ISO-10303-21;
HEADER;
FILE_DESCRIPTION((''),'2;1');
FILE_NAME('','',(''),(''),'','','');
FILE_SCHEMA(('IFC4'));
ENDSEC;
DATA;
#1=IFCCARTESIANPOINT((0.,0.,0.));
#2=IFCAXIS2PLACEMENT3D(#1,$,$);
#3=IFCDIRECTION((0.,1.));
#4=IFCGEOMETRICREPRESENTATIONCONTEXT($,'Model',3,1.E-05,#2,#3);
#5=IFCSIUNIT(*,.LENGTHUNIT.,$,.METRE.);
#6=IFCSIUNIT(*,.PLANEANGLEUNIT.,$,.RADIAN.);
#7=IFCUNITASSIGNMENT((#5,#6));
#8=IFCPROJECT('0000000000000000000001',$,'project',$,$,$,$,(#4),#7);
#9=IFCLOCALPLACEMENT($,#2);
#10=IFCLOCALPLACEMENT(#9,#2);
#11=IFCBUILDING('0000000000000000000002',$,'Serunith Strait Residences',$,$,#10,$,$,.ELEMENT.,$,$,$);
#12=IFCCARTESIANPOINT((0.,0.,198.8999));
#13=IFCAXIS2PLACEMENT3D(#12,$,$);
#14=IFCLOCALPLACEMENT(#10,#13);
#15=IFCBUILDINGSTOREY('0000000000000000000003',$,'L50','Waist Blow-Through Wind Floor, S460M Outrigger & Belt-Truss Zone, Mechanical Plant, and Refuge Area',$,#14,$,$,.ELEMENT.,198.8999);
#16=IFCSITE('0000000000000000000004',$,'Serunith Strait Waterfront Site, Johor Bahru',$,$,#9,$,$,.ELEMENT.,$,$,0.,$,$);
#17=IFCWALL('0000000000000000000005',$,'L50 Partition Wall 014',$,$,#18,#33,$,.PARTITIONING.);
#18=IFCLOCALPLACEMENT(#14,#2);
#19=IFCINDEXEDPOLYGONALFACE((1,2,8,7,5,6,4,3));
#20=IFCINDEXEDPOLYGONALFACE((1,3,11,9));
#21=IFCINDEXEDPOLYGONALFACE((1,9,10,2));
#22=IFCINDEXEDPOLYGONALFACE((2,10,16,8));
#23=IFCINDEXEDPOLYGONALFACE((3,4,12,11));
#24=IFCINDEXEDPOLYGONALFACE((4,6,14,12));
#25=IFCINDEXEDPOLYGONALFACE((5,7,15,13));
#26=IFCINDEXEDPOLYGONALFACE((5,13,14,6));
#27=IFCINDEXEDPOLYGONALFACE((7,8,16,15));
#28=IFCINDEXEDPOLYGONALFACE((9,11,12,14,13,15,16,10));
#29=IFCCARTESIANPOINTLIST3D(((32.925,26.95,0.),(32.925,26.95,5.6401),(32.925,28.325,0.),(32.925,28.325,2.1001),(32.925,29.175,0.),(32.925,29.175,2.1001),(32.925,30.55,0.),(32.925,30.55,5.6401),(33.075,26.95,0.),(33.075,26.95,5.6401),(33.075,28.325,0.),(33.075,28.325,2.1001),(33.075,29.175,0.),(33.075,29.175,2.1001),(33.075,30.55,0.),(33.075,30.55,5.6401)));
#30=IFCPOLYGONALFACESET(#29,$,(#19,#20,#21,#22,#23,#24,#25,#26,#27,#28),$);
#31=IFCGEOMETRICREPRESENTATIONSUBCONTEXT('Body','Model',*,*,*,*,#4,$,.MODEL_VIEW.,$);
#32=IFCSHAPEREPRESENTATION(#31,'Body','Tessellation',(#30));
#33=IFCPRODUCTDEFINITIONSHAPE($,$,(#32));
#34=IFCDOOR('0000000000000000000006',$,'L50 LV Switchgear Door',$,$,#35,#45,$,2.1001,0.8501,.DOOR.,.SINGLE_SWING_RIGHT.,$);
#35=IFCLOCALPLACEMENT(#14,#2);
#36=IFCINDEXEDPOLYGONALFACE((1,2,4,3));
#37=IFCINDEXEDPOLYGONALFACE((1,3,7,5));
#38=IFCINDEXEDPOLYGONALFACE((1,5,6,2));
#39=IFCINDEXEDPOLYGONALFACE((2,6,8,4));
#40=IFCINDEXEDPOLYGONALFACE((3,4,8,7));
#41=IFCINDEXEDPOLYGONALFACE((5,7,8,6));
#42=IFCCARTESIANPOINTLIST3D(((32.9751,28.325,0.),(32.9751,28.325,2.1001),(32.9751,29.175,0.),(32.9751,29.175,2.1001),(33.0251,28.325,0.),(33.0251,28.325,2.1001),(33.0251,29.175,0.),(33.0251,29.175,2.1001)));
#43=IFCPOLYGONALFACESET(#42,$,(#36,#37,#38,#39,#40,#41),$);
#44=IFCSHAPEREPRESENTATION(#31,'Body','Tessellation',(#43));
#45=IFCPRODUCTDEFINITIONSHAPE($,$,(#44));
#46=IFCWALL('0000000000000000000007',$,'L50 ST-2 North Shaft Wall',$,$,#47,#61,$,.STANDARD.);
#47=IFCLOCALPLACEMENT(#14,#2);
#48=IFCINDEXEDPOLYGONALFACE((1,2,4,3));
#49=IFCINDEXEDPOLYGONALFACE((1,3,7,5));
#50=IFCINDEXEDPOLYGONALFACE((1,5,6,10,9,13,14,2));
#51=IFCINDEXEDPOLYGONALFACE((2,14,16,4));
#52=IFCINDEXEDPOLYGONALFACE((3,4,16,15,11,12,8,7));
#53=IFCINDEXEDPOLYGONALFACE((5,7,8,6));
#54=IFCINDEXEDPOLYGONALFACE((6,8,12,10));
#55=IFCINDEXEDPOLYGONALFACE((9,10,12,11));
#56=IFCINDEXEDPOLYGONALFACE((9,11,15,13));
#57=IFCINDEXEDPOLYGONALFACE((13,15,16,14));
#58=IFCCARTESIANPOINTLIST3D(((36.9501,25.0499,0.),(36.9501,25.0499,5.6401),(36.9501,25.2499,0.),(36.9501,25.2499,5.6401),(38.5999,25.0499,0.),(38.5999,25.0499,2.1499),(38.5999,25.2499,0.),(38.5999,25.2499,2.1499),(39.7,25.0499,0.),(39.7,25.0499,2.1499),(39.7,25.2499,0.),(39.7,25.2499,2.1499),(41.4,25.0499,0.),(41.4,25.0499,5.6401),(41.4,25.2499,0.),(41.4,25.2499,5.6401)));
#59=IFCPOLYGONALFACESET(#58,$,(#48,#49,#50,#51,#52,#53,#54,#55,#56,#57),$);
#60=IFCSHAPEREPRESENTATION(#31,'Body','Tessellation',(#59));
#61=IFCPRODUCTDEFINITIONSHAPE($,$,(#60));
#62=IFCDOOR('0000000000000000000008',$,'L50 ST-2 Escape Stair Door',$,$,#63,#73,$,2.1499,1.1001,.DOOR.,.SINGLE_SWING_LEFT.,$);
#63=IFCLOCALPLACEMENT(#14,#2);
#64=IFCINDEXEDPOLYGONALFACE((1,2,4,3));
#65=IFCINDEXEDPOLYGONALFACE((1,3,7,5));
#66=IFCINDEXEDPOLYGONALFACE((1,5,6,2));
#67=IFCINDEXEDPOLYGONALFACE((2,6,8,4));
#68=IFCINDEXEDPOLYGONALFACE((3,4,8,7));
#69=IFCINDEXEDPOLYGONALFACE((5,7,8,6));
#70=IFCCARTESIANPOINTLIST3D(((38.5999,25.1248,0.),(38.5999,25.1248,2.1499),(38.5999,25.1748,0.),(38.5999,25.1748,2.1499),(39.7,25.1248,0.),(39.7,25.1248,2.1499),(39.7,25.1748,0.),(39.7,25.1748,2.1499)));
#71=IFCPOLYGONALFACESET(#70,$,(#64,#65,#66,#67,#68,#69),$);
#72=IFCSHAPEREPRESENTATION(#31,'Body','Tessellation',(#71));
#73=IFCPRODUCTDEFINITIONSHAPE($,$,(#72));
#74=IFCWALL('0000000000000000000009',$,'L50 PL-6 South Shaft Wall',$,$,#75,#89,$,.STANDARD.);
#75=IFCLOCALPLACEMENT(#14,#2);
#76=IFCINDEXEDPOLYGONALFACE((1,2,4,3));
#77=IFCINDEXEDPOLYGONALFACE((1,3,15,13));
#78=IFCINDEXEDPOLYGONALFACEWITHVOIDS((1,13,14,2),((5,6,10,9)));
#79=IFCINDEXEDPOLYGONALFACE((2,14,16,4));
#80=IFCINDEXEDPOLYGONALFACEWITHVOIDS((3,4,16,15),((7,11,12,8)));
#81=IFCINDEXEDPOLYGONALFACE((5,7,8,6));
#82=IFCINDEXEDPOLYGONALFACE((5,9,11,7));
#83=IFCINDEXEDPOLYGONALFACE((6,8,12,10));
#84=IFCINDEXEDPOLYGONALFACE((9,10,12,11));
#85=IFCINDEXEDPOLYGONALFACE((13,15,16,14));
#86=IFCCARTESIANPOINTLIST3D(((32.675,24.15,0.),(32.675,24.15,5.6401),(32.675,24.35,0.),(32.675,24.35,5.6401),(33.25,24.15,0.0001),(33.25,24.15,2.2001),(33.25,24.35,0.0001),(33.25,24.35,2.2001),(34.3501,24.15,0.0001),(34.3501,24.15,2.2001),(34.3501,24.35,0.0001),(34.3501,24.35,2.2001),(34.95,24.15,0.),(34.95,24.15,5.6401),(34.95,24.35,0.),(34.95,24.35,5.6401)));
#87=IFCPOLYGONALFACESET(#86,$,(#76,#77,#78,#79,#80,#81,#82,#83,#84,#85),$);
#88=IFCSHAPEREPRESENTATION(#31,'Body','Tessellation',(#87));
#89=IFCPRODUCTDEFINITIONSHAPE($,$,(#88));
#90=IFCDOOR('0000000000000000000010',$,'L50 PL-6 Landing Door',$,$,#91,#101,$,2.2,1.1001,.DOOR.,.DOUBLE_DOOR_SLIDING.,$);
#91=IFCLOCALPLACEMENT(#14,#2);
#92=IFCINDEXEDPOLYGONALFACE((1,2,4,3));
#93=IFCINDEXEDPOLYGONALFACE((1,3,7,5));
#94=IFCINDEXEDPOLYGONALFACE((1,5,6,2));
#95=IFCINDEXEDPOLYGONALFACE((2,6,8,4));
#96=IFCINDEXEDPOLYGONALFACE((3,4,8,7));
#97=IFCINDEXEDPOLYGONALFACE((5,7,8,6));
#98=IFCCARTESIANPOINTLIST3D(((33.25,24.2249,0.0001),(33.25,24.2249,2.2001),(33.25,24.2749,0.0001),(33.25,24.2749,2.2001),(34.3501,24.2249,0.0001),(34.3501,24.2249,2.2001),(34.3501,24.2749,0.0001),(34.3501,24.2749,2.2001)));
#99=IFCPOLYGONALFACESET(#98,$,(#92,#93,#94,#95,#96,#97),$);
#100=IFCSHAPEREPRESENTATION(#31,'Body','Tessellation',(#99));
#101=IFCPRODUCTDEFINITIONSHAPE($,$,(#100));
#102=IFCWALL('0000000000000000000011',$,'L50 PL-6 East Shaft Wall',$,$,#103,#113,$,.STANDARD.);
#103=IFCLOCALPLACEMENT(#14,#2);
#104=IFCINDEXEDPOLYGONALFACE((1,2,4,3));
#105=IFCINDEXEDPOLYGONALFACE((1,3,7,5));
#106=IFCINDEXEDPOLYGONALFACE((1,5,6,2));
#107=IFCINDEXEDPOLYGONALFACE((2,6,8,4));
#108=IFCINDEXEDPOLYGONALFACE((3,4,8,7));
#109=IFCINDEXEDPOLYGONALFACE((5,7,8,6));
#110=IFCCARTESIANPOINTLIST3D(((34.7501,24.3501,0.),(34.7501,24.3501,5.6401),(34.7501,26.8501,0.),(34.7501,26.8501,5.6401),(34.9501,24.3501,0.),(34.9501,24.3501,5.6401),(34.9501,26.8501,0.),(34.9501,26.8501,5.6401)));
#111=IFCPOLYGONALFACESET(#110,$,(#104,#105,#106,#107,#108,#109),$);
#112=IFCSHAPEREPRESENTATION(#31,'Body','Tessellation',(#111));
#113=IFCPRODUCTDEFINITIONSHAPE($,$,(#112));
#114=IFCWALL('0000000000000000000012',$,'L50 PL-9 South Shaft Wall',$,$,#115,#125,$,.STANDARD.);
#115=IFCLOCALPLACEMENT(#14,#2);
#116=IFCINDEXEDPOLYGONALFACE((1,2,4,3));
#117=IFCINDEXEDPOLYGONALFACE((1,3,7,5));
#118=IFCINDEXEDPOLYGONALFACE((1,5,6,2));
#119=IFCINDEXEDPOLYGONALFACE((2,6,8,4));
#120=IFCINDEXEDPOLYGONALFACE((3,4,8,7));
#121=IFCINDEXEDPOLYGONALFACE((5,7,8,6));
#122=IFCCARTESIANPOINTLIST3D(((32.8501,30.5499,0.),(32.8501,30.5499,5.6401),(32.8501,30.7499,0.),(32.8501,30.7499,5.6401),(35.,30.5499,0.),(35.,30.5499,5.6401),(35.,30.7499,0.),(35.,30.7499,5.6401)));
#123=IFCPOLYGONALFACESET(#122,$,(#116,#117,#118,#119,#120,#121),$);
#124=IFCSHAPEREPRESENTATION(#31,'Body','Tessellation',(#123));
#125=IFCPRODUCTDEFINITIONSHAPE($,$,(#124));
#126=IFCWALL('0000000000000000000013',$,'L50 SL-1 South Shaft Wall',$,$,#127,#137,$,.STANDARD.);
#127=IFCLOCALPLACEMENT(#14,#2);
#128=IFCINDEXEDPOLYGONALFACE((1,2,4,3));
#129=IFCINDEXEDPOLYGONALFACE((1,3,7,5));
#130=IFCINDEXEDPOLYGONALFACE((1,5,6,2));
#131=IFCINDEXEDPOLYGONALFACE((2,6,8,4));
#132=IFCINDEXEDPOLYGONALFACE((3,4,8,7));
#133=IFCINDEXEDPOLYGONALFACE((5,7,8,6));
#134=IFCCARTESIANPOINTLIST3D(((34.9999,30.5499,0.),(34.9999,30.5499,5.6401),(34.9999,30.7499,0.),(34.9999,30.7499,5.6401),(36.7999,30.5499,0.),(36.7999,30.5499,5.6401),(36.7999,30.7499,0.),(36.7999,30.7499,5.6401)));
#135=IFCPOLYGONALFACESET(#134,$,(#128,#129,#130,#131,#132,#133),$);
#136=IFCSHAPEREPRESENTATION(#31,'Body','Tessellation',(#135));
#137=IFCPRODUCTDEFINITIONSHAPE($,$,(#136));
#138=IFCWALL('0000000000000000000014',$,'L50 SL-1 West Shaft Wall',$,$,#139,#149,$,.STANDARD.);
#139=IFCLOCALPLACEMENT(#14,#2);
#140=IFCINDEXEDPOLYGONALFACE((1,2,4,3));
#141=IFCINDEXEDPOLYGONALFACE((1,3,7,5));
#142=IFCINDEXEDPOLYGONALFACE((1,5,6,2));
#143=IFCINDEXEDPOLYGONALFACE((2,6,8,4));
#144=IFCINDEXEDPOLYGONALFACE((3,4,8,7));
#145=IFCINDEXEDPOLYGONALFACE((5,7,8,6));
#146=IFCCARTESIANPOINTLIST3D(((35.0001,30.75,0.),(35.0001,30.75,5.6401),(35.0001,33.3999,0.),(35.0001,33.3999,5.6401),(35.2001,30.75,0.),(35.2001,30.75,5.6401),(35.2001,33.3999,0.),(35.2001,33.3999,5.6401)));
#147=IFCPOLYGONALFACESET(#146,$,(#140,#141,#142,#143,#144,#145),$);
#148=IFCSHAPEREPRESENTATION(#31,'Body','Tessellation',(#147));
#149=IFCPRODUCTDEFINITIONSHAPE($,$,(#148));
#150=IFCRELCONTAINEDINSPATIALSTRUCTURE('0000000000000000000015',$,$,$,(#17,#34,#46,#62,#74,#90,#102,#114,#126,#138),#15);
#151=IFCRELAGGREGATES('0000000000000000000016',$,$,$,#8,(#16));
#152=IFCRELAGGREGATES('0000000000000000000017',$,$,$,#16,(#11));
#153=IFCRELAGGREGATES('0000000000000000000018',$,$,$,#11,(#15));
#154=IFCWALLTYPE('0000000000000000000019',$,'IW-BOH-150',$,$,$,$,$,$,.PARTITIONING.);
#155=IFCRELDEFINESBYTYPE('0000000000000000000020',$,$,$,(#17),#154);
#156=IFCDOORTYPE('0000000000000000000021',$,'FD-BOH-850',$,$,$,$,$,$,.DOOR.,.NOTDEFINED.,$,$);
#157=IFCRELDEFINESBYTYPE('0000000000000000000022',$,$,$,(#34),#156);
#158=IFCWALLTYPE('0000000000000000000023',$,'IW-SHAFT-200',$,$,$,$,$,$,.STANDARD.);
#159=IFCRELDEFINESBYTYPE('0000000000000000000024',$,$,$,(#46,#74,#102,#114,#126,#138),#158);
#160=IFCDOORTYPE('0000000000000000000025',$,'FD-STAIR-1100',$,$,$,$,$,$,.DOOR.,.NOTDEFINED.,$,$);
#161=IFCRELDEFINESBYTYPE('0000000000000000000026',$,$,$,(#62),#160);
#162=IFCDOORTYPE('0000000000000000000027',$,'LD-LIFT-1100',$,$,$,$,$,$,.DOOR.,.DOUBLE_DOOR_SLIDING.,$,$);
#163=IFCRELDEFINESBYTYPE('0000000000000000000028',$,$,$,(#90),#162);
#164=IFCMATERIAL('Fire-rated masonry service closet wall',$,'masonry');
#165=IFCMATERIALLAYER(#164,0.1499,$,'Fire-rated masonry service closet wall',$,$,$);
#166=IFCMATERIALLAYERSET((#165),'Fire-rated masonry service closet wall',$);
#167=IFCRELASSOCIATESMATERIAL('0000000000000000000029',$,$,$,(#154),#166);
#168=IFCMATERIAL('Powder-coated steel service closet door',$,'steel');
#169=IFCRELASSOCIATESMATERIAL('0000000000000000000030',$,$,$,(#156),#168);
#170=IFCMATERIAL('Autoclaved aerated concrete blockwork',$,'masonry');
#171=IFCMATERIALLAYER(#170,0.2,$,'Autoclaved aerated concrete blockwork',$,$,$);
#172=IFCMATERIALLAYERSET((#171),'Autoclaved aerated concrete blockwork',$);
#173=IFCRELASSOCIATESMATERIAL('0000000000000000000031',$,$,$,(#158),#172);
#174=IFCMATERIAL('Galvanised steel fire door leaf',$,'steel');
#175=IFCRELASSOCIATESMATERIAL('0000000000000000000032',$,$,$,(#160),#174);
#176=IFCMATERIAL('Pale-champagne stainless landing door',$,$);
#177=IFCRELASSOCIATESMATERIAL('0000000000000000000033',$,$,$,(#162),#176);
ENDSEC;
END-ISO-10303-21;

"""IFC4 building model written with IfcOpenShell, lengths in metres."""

from ifc_helpers import new_model, si_unit, direction, frame, frame_2d, origin, place, context, subcontext, project, spatial, rectangle, extrude, source, transform, mapped, material, layer, layer_set, type_object, element, fill, save


model = new_model("IFC4")

# Units and contexts
model_context = context("Model", 3, precision=1e-05, world=origin(), true_north=direction((0.0, 1.0)))
body_context = subcontext(model_context, "Body", "Model", "MODEL_VIEW")
ifc_project = project(units=[si_unit("LENGTHUNIT", "METRE"), si_unit("PLANEANGLEUNIT", "RADIAN")], contexts=[model_context])

# Site, building, storey
site_placement = place(None, origin())
site = spatial("IfcSite", under=ifc_project, at=site_placement, Name="Serunith Strait Waterfront Site, Johor Bahru", CompositionType="ELEMENT", RefElevation=0.0)
building_placement = place(site_placement, origin())
building = spatial("IfcBuilding", under=site, at=building_placement, Name="Serunith Strait Residences", CompositionType="ELEMENT")
storey_placement = place(building_placement, frame((0.0, 0.0, 198.8999)))
storey = spatial("IfcBuildingStorey", under=building, at=storey_placement, Name="L50", Description="Waist Blow-Through Wind Floor, S460M Outrigger & Belt-Truss Zone, Mechanical Plant, and Refuge Area", CompositionType="ELEMENT", Elevation=198.8999)

# Walls, openings, doors
ifc_material_1 = material(Name="Fire-rated masonry service closet wall", Category="masonry")
ifc_layer_1 = layer(ifc_material_1, 0.1499, Name="Fire-rated masonry service closet wall")
ifc_layer_set_1 = layer_set([ifc_layer_1], Name="Fire-rated masonry service closet wall")
wall_type_1 = type_object("IfcWallType", Name="IW-BOH-150", PredefinedType="PARTITIONING", material=ifc_layer_set_1)
wall_1_placement = place(storey_placement, frame((33.0, 26.95, 0.0), z_axis=(0.0, 0.0, 1.0), x_axis=(0.0, 1.0, 0.0)))
wall_1 = element("IfcWall", 1, at=wall_1_placement, inside=storey, type_object=wall_type_1, Name="L50 Partition Wall 014", PredefinedType="PARTITIONING", context=body_context, shape_type="SweptSolid", body=[
    extrude(rectangle(XDim=3.6001, YDim=0.1499, at=frame_2d((1.8, 0.0))), origin(), (0.0, 0.0, 1.0), 5.6401),
])
opening_1_placement = place(wall_1_placement, frame((1.375, 0.0, 0.0)))
opening_1 = element("IfcOpeningElement", 2, at=opening_1_placement, cuts=wall_1, PredefinedType="OPENING", context=body_context, shape_type="SweptSolid", body=[
    extrude(rectangle(XDim=0.8501, YDim=2.1001, at=frame_2d((0.425, 1.05))), frame((0.0, 0.085, 0.0), z_axis=(0.0, -1.0, 0.0), x_axis=(1.0, 0.0, 0.0)), (0.0, 0.0, 1.0), 0.1699),
])
ifc_material_2 = material(Name="Powder-coated steel service closet door", Category="steel")
door_type_1 = type_object("IfcDoorType", Name="FD-BOH-850", OperationType="NOTDEFINED", PredefinedType="DOOR", material=ifc_material_2)
shared_shape_1 = source(origin(), body_context, "Body", "SweptSolid", [
    extrude(rectangle(XDim=0.8501, YDim=2.1001, at=frame_2d((0.425, 1.05))), frame((0.0, 0.0249, 0.0), z_axis=(0.0, -1.0, 0.0), x_axis=(1.0, 0.0, 0.0)), (0.0, 0.0, 1.0), 0.05),
])
door_1_placement = place(opening_1_placement, origin())
door_1 = element("IfcDoor", 3, at=door_1_placement, inside=storey, type_object=door_type_1, Name="L50 LV Switchgear Door", OperationType="SINGLE_SWING_RIGHT", OverallHeight=2.1001, OverallWidth=0.8501, PredefinedType="DOOR", context=body_context, shape_type="MappedRepresentation", body=[
    mapped(shared_shape_1, transform((0.0, 0.0, 0.0), scale=1.0)),
])
fill(opening_1, door_1)
ifc_material_3 = material(Name="Autoclaved aerated concrete blockwork", Category="masonry")
ifc_layer_2 = layer(ifc_material_3, 0.2, Name="Autoclaved aerated concrete blockwork")
ifc_layer_set_2 = layer_set([ifc_layer_2], Name="Autoclaved aerated concrete blockwork")
wall_type_2 = type_object("IfcWallType", Name="IW-SHAFT-200", PredefinedType="STANDARD", material=ifc_layer_set_2)
wall_2_placement = place(storey_placement, frame((36.95, 25.1499, 0.0), z_axis=(0.0, 0.0, 1.0), x_axis=(1.0, 0.0, 0.0)))
wall_2 = element("IfcWall", 4, at=wall_2_placement, inside=storey, type_object=wall_type_2, Name="L50 ST-2 North Shaft Wall", PredefinedType="STANDARD", context=body_context, shape_type="SweptSolid", body=[
    extrude(rectangle(XDim=4.45, YDim=0.2, at=frame_2d((2.2251, 0.0))), origin(), (0.0, 0.0, 1.0), 5.6401),
])
opening_2_placement = place(wall_2_placement, frame((1.6499, 0.0, 0.0)))
opening_2 = element("IfcOpeningElement", 5, at=opening_2_placement, cuts=wall_2, PredefinedType="OPENING", context=body_context, shape_type="SweptSolid", body=[
    extrude(rectangle(XDim=1.1001, YDim=2.1499, at=frame_2d((0.55, 1.075))), frame((0.0, 0.1099, 0.0), z_axis=(0.0, -1.0, 0.0), x_axis=(1.0, 0.0, 0.0)), (0.0, 0.0, 1.0), 0.22),
])
ifc_material_4 = material(Name="Galvanised steel fire door leaf", Category="steel")
door_type_2 = type_object("IfcDoorType", Name="FD-STAIR-1100", OperationType="NOTDEFINED", PredefinedType="DOOR", material=ifc_material_4)
shared_shape_2 = source(origin(), body_context, "Body", "SweptSolid", [
    extrude(rectangle(XDim=1.1001, YDim=2.1499, at=frame_2d((0.55, 1.075))), frame((0.0, 0.0249, 0.0), z_axis=(0.0, -1.0, 0.0), x_axis=(1.0, 0.0, 0.0)), (0.0, 0.0, 1.0), 0.05),
])
door_2_placement = place(opening_2_placement, origin())
door_2 = element("IfcDoor", 6, at=door_2_placement, inside=storey, type_object=door_type_2, Name="L50 ST-2 Escape Stair Door", OperationType="SINGLE_SWING_LEFT", OverallHeight=2.1499, OverallWidth=1.1001, PredefinedType="DOOR", context=body_context, shape_type="MappedRepresentation", body=[
    mapped(shared_shape_2, transform((0.0, 0.0, 0.0), scale=1.0)),
])
fill(opening_2, door_2)
wall_3_placement = place(storey_placement, frame((32.675, 24.25, 0.0), z_axis=(0.0, 0.0, 1.0), x_axis=(1.0, 0.0, 0.0)))
wall_3 = element("IfcWall", 7, at=wall_3_placement, inside=storey, type_object=wall_type_2, Name="L50 PL-6 South Shaft Wall", PredefinedType="STANDARD", context=body_context, shape_type="SweptSolid", body=[
    extrude(rectangle(XDim=2.2749, YDim=0.2, at=frame_2d((1.1375, 0.0))), origin(), (0.0, 0.0, 1.0), 5.6401),
])
opening_3_placement = place(wall_3_placement, frame((0.575, 0.0, 0.0)))
opening_3 = element("IfcOpeningElement", 8, at=opening_3_placement, cuts=wall_3, PredefinedType="OPENING", context=body_context, shape_type="SweptSolid", body=[
    extrude(rectangle(XDim=1.1001, YDim=2.2, at=frame_2d((0.55, 1.1001))), frame((0.0, 0.1099, 0.0), z_axis=(0.0, -1.0, 0.0), x_axis=(1.0, 0.0, 0.0)), (0.0, 0.0, 1.0), 0.22),
])
ifc_material_5 = material(Name="Pale-champagne stainless landing door")
door_type_3 = type_object("IfcDoorType", Name="LD-LIFT-1100", OperationType="DOUBLE_DOOR_SLIDING", PredefinedType="DOOR", material=ifc_material_5)
shared_shape_3 = source(origin(), body_context, "Body", "SweptSolid", [
    extrude(rectangle(XDim=1.1001, YDim=2.2, at=frame_2d((0.55, 1.1001))), frame((0.0, 0.0249, 0.0), z_axis=(0.0, -1.0, 0.0), x_axis=(1.0, 0.0, 0.0)), (0.0, 0.0, 1.0), 0.05),
])
door_3_placement = place(opening_3_placement, origin())
door_3 = element("IfcDoor", 9, at=door_3_placement, inside=storey, type_object=door_type_3, Name="L50 PL-6 Landing Door", OperationType="DOUBLE_DOOR_SLIDING", OverallHeight=2.2, OverallWidth=1.1001, PredefinedType="DOOR", context=body_context, shape_type="MappedRepresentation", body=[
    mapped(shared_shape_3, transform((0.0, 0.0, 0.0), scale=1.0)),
])
fill(opening_3, door_3)

# Walls
wall_4_placement = place(storey_placement, frame((34.8501, 24.3501, 0.0), z_axis=(0.0, 0.0, 1.0), x_axis=(0.0, 1.0, 0.0)))
element("IfcWall", 10, at=wall_4_placement, inside=storey, type_object=wall_type_2, Name="L50 PL-6 East Shaft Wall", PredefinedType="STANDARD", context=body_context, shape_type="SweptSolid", body=[
    extrude(rectangle(XDim=2.5, YDim=0.2, at=frame_2d((1.25, 0.0))), origin(), (0.0, 0.0, 1.0), 5.6401),
])
wall_5_placement = place(storey_placement, frame((32.8501, 30.6499, 0.0), z_axis=(0.0, 0.0, 1.0), x_axis=(1.0, 0.0, 0.0)))
element("IfcWall", 11, at=wall_5_placement, inside=storey, type_object=wall_type_2, Name="L50 PL-9 South Shaft Wall", PredefinedType="STANDARD", context=body_context, shape_type="SweptSolid", body=[
    extrude(rectangle(XDim=2.1499, YDim=0.2, at=frame_2d((1.075, 0.0))), origin(), (0.0, 0.0, 1.0), 5.6401),
])
wall_6_placement = place(storey_placement, frame((35.0, 30.6499, 0.0), z_axis=(0.0, 0.0, 1.0), x_axis=(1.0, 0.0, 0.0)))
element("IfcWall", 12, at=wall_6_placement, inside=storey, type_object=wall_type_2, Name="L50 SL-1 South Shaft Wall", PredefinedType="STANDARD", context=body_context, shape_type="SweptSolid", body=[
    extrude(rectangle(XDim=1.8, YDim=0.2, at=frame_2d((0.8999, 0.0))), origin(), (0.0, 0.0, 1.0), 5.6401),
])
wall_7_placement = place(storey_placement, frame((35.1001, 30.75, 0.0), z_axis=(0.0, 0.0, 1.0), x_axis=(0.0, 1.0, 0.0)))
element("IfcWall", 13, at=wall_7_placement, inside=storey, type_object=wall_type_2, Name="L50 SL-1 West Shaft Wall", PredefinedType="STANDARD", context=body_context, shape_type="SweptSolid", body=[
    extrude(rectangle(XDim=2.6499, YDim=0.2, at=frame_2d((1.325, 0.0))), origin(), (0.0, 0.0, 1.0), 5.6401),
])

save(model, "model.ifc")
